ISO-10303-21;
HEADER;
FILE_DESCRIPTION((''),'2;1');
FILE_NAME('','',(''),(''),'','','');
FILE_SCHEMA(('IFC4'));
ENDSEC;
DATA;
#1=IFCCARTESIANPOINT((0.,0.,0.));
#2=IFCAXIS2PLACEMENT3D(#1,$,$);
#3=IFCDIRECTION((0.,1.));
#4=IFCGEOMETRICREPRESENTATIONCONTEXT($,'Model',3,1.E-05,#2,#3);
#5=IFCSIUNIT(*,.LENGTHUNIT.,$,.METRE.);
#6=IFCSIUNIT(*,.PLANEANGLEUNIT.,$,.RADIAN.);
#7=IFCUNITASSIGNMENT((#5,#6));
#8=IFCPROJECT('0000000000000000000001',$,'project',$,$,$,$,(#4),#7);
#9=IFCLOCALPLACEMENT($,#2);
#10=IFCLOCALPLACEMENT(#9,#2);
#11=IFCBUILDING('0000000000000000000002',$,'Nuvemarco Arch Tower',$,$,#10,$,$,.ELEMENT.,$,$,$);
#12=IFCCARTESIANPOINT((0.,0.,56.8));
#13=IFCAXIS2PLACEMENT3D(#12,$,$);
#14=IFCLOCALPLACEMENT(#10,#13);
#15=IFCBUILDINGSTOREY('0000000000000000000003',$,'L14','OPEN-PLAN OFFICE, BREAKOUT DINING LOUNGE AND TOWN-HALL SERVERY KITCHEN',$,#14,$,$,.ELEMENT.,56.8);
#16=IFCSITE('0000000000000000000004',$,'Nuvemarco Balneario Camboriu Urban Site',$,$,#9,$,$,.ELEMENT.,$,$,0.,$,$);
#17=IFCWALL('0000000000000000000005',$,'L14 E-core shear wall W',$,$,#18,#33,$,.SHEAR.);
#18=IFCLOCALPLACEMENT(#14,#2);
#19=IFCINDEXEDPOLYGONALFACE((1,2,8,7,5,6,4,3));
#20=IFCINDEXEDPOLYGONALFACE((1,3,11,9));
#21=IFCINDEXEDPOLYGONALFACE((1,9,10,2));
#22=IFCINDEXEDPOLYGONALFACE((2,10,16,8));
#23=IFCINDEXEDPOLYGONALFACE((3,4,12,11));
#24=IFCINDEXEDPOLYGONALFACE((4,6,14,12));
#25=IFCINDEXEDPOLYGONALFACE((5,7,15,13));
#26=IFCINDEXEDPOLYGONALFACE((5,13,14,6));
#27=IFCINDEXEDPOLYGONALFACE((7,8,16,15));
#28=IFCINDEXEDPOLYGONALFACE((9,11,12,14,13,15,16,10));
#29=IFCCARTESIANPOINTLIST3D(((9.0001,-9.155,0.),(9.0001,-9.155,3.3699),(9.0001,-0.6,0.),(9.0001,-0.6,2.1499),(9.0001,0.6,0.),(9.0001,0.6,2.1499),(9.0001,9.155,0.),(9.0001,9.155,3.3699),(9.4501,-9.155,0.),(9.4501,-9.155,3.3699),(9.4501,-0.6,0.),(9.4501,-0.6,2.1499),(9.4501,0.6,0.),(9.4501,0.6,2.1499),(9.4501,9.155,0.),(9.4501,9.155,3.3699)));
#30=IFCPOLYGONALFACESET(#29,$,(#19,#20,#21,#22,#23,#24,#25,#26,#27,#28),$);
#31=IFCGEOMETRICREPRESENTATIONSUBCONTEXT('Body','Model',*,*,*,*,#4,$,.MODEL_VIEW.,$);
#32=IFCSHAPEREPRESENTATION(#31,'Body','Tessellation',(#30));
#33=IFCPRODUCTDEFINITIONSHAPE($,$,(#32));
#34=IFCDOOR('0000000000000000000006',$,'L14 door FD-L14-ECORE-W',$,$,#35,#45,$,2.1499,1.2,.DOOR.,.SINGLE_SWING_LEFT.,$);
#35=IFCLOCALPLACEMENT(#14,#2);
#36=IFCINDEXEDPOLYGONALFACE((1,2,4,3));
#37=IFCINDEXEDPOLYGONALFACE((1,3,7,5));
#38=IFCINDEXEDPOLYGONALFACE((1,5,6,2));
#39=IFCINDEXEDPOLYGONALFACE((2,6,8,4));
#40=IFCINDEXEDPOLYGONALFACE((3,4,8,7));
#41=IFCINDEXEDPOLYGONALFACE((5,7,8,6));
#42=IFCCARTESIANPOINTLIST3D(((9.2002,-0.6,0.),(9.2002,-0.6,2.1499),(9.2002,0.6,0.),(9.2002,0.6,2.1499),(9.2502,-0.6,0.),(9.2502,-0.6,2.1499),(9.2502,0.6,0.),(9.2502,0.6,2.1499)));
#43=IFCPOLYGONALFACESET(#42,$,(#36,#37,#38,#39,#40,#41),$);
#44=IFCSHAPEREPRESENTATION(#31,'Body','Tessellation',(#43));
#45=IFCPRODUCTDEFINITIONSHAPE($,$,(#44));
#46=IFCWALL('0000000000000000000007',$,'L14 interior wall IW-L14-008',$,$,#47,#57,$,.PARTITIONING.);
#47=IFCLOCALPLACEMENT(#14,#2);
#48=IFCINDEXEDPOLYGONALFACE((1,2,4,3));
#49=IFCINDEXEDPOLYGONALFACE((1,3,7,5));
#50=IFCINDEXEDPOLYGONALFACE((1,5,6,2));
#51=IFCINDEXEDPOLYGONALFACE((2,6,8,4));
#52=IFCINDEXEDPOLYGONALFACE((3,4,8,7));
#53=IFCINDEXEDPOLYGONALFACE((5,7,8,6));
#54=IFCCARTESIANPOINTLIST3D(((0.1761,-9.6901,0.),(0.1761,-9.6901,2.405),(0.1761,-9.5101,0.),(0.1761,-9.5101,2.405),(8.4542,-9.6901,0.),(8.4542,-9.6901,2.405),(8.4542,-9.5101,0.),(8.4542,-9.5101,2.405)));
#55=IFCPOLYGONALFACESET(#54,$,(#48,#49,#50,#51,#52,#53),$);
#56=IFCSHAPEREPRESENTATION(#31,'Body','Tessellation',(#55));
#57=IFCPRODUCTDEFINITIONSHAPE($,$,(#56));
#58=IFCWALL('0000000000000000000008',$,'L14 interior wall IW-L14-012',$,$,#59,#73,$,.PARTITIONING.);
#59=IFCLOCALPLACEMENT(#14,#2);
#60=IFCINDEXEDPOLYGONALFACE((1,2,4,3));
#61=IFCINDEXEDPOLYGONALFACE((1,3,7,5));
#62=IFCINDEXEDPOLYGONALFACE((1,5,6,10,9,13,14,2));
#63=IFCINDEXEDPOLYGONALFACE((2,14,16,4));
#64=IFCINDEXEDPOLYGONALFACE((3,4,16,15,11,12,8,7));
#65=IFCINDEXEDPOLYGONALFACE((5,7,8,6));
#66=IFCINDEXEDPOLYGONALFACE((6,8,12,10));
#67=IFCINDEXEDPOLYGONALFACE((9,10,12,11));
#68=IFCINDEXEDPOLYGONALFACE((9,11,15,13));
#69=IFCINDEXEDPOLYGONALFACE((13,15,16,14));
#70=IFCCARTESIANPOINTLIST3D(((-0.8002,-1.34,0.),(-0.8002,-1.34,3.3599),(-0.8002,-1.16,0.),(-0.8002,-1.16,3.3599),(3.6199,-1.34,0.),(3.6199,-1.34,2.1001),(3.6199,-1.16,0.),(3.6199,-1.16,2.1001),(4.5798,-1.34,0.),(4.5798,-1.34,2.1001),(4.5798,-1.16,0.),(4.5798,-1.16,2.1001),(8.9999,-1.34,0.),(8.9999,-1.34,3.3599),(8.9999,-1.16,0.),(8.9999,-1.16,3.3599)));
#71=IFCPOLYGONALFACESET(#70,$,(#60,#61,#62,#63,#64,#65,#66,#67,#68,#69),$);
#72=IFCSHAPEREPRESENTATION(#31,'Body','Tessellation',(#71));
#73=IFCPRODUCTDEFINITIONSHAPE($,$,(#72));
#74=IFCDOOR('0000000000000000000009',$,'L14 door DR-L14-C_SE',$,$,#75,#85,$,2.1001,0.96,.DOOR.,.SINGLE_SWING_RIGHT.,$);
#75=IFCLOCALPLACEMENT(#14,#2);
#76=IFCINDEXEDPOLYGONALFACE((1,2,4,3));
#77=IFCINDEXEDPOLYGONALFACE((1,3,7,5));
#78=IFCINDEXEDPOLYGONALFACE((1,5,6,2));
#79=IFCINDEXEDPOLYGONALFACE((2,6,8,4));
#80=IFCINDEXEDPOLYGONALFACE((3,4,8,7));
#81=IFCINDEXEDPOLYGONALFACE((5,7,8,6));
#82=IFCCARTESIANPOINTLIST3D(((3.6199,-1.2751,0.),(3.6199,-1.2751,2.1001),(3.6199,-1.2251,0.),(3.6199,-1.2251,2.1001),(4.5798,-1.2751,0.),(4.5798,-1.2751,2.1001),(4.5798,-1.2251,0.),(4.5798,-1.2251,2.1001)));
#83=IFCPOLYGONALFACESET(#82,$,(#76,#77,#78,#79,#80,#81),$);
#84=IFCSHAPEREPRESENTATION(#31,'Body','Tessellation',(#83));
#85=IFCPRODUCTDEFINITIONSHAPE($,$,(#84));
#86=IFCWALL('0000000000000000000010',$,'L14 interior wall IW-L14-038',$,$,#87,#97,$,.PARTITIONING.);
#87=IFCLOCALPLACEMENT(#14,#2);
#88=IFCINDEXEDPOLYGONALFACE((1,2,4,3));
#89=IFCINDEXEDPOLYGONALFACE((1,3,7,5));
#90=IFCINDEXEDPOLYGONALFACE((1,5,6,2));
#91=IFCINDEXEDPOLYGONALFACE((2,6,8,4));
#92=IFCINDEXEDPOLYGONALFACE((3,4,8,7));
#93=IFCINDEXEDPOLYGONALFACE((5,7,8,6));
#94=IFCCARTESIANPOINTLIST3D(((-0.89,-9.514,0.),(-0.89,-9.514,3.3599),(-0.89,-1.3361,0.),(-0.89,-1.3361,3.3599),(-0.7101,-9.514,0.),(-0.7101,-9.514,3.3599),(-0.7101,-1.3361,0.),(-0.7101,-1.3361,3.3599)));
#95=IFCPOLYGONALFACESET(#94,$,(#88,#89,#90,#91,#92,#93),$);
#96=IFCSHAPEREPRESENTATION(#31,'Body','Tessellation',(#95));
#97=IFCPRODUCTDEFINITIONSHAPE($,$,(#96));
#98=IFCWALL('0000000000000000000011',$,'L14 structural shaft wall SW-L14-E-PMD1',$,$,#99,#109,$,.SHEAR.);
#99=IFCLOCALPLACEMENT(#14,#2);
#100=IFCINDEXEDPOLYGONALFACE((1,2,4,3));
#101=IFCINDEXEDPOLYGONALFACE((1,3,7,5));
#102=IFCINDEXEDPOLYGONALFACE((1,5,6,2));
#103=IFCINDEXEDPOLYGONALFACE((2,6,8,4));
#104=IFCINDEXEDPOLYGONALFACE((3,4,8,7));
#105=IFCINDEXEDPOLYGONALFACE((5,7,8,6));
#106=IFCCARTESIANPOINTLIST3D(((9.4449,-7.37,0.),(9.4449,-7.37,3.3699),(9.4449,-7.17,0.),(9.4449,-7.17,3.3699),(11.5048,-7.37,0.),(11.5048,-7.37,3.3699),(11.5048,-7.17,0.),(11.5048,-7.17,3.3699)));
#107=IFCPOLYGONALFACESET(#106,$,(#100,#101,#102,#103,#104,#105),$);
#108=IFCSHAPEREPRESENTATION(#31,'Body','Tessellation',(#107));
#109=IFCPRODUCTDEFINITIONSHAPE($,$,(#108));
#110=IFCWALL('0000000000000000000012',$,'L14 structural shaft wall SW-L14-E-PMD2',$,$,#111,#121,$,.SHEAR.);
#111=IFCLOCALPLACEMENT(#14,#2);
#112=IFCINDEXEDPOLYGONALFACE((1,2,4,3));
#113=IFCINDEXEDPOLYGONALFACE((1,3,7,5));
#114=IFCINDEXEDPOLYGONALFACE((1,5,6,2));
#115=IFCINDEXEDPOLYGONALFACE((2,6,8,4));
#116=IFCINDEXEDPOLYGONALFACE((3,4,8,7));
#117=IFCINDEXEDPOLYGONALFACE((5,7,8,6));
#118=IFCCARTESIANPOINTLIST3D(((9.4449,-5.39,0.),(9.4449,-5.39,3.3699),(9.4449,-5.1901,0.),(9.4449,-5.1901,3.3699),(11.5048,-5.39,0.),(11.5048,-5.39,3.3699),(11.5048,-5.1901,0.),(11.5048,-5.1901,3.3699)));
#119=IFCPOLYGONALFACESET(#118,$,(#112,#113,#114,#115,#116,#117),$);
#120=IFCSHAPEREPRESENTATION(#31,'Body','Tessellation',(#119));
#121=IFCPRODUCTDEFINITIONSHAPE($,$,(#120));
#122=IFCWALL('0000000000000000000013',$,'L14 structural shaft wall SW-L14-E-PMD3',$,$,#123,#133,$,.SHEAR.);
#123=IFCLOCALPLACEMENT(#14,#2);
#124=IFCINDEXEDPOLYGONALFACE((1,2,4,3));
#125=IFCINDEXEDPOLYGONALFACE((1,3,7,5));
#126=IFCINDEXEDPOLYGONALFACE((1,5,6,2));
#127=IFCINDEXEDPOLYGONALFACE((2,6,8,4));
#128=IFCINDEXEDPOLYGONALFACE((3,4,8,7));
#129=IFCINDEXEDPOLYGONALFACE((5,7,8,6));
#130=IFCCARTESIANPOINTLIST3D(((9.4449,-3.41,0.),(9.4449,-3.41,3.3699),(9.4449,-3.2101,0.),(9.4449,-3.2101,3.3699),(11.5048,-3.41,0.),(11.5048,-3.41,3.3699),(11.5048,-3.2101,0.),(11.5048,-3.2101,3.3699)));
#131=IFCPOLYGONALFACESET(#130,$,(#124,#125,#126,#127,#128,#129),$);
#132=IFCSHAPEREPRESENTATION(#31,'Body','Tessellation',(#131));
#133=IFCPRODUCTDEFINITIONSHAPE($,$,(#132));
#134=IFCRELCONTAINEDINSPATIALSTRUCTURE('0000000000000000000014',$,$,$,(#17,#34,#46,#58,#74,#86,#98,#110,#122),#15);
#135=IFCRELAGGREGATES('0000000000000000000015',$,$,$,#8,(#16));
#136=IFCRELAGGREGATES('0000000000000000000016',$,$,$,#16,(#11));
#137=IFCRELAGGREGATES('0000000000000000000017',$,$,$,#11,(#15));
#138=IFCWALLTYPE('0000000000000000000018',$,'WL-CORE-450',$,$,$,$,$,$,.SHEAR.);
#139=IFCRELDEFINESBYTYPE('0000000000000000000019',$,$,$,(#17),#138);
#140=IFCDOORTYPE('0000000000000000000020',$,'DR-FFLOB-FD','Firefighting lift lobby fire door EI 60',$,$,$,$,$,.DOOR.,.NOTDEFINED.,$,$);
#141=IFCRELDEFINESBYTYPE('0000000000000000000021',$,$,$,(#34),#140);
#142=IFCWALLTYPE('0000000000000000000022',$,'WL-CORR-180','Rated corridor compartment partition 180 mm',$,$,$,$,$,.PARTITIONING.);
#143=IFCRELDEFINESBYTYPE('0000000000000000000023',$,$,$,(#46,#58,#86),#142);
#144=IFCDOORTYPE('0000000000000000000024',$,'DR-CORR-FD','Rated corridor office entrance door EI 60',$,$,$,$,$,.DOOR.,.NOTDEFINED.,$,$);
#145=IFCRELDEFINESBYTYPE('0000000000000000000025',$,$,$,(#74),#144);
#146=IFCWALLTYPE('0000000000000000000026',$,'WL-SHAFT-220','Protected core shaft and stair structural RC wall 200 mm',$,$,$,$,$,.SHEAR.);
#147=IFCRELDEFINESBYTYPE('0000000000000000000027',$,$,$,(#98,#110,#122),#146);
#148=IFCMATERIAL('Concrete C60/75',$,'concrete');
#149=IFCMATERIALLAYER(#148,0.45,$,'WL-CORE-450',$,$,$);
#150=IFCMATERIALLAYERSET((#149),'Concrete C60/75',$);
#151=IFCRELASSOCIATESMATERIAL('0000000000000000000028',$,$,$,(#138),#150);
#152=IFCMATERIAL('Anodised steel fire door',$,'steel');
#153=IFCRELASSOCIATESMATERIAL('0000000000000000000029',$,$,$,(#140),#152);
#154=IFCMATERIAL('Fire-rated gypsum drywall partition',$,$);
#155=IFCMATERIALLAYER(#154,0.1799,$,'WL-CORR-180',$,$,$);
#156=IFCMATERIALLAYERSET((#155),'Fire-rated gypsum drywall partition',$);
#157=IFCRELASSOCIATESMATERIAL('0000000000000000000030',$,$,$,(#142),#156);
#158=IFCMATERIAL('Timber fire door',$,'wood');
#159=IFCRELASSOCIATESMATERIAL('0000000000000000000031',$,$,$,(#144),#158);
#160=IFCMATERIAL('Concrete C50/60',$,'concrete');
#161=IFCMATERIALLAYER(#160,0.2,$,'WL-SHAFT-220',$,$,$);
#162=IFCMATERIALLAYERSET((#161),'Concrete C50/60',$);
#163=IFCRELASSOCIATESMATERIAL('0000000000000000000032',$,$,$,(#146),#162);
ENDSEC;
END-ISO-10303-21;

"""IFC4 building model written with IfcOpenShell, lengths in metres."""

from ifc_helpers import new_model, si_unit, direction, frame, frame_2d, origin, place, context, subcontext, project, spatial, rectangle, extrude, source, transform, mapped, material, layer, layer_set, type_object, type_shapes, element, fill, save


model = new_model("IFC4")

# Units and contexts
model_context = context("Model", 3, precision=1e-05, world=origin(), true_north=direction((0.0, 1.0)))
body_context = subcontext(model_context, "Body", "Model", "MODEL_VIEW")
ifc_project = project(units=[si_unit("LENGTHUNIT", "METRE"), si_unit("PLANEANGLEUNIT", "RADIAN")], contexts=[model_context])

# Site, building, storey
site_placement = place(None, origin())
site = spatial("IfcSite", under=ifc_project, at=site_placement, Name="Nuvemarco Balneario Camboriu Urban Site", CompositionType="ELEMENT", RefElevation=0.0)
building_placement = place(site_placement, origin())
building = spatial("IfcBuilding", under=site, at=building_placement, Name="Nuvemarco Arch Tower", CompositionType="ELEMENT")
storey_placement = place(building_placement, frame((0.0, 0.0, 56.8)))
storey = spatial("IfcBuildingStorey", under=building, at=storey_placement, Name="L14", Description="OPEN-PLAN OFFICE, BREAKOUT DINING LOUNGE AND TOWN-HALL SERVERY KITCHEN", CompositionType="ELEMENT", Elevation=56.8)

# Shared definitions
ifc_material_1 = material(Name="Concrete C60/75", Category="concrete")

# Shared definitions
ifc_material_2 = material(Name="Concrete C50/60", Category="concrete")

# Shared definitions
ifc_layer_1 = layer(ifc_material_1, 0.45, Name="WL-CORE-450")
ifc_layer_set_1 = layer_set([ifc_layer_1], Name="Concrete C60/75")
wall_type_1 = type_object("IfcWallType", Name="WL-CORE-450", PredefinedType="SHEAR", material=ifc_layer_set_1)

# Wall, opening, door
wall_1_placement = place(storey_placement, frame((9.2251, -9.155, 0.0), z_axis=(0.0, 0.0, 1.0), x_axis=(0.0, 1.0, 0.0)))
wall_1 = element("IfcWall", 1, at=wall_1_placement, inside=storey, type_object=wall_type_1, Name="L14 E-core shear wall W", PredefinedType="SHEAR", context=body_context, shape_type="SweptSolid", body=[
    extrude(rectangle(XDim=18.3101, YDim=0.45, at=frame_2d((9.155, 0.0))), origin(), (0.0, 0.0, 1.0), 3.3699),
])
opening_1_placement = place(wall_1_placement, frame((8.5549, 0.0, 0.0)))
opening_1 = element("IfcOpeningElement", 2, at=opening_1_placement, cuts=wall_1, PredefinedType="OPENING", context=body_context, shape_type="SweptSolid", body=[
    extrude(rectangle(XDim=1.2, YDim=2.1499, at=frame_2d((0.6001, 1.075))), frame((0.0, 0.2349, 0.0), z_axis=(0.0, -1.0, 0.0), x_axis=(1.0, 0.0, 0.0)), (0.0, 0.0, 1.0), 0.47),
])
ifc_material_3 = material(Name="Anodised steel fire door", Category="steel")
door_type_1 = type_object("IfcDoorType", Name="DR-FFLOB-FD", Description="Firefighting lift lobby fire door EI 60", OperationType="NOTDEFINED", PredefinedType="DOOR", material=ifc_material_3)
shared_shape_1 = source(origin(), body_context, "Body", "SweptSolid", [
    extrude(rectangle(XDim=1.2, YDim=2.1499, at=frame_2d((0.6001, 1.075))), frame((0.0, 0.0249, 0.0), z_axis=(0.0, -1.0, 0.0), x_axis=(1.0, 0.0, 0.0)), (0.0, 0.0, 1.0), 0.05),
])
type_shapes(door_type_1, [shared_shape_1])
door_1_placement = place(opening_1_placement, origin())
door_1 = element("IfcDoor", 3, at=door_1_placement, inside=storey, type_object=door_type_1, Name="L14 door FD-L14-ECORE-W", OperationType="SINGLE_SWING_LEFT", OverallHeight=2.1499, OverallWidth=1.2, PredefinedType="DOOR", context=body_context, shape_type="MappedRepresentation", body=[
    mapped(shared_shape_1, transform((0.0, 0.0, 0.0), scale=1.0)),
])
fill(opening_1, door_1)

# Wall
ifc_material_4 = material(Name="Fire-rated gypsum drywall partition")
ifc_layer_2 = layer(ifc_material_4, 0.1799, Name="WL-CORR-180")
ifc_layer_set_2 = layer_set([ifc_layer_2], Name="Fire-rated gypsum drywall partition")
wall_type_2 = type_object("IfcWallType", Name="WL-CORR-180", Description="Rated corridor compartment partition 180 mm", PredefinedType="PARTITIONING", material=ifc_layer_set_2)
wall_2_placement = place(storey_placement, frame((0.176, -9.6001, 0.0), z_axis=(0.0, 0.0, 1.0), x_axis=(1.0, 0.0, 0.0)))
element("IfcWall", 4, at=wall_2_placement, inside=storey, type_object=wall_type_2, Name="L14 interior wall IW-L14-008", PredefinedType="PARTITIONING", context=body_context, shape_type="SweptSolid", body=[
    extrude(rectangle(XDim=8.2781, YDim=0.1799, at=frame_2d((4.1392, 0.0))), origin(), (0.0, 0.0, 1.0), 2.405),
])

# Wall, opening, door
wall_3_placement = place(storey_placement, frame((-0.8, -1.25, 0.0), z_axis=(0.0, 0.0, 1.0), x_axis=(1.0, 0.0, 0.0)))
wall_3 = element("IfcWall", 5, at=wall_3_placement, inside=storey, type_object=wall_type_2, Name="L14 interior wall IW-L14-012", PredefinedType="PARTITIONING", context=body_context, shape_type="SweptSolid", body=[
    extrude(rectangle(XDim=9.8, YDim=0.1799, at=frame_2d((4.8999, 0.0))), origin(), (0.0, 0.0, 1.0), 3.3599),
])
opening_2_placement = place(wall_3_placement, frame((4.4199, 0.0, 0.0)))
opening_2 = element("IfcOpeningElement", 6, at=opening_2_placement, cuts=wall_3, PredefinedType="OPENING", context=body_context, shape_type="SweptSolid", body=[
    extrude(rectangle(XDim=0.96, YDim=2.1001, at=frame_2d((0.48, 1.05))), frame((0.0, 0.0999, 0.0), z_axis=(0.0, -1.0, 0.0), x_axis=(1.0, 0.0, 0.0)), (0.0, 0.0, 1.0), 0.2),
])
ifc_material_5 = material(Name="Timber fire door", Category="wood")
door_type_2 = type_object("IfcDoorType", Name="DR-CORR-FD", Description="Rated corridor office entrance door EI 60", OperationType="NOTDEFINED", PredefinedType="DOOR", material=ifc_material_5)
shared_shape_2 = source(origin(), body_context, "Body", "SweptSolid", [
    extrude(rectangle(XDim=0.96, YDim=2.1001, at=frame_2d((0.48, 1.05))), frame((0.0, 0.0249, 0.0), z_axis=(0.0, -1.0, 0.0), x_axis=(1.0, 0.0, 0.0)), (0.0, 0.0, 1.0), 0.05),
])
type_shapes(door_type_2, [shared_shape_2])
door_2_placement = place(opening_2_placement, origin())
door_2 = element("IfcDoor", 7, at=door_2_placement, inside=storey, type_object=door_type_2, Name="L14 door DR-L14-C_SE", OperationType="SINGLE_SWING_RIGHT", OverallHeight=2.1001, OverallWidth=0.96, PredefinedType="DOOR", context=body_context, shape_type="MappedRepresentation", body=[
    mapped(shared_shape_2, transform((0.0, 0.0, 0.0), scale=1.0)),
])
fill(opening_2, door_2)

# Walls
wall_4_placement = place(storey_placement, frame((-0.8, -9.5139, 0.0), z_axis=(0.0, 0.0, 1.0), x_axis=(0.0, 1.0, 0.0)))
element("IfcWall", 8, at=wall_4_placement, inside=storey, type_object=wall_type_2, Name="L14 interior wall IW-L14-038", PredefinedType="PARTITIONING", context=body_context, shape_type="SweptSolid", body=[
    extrude(rectangle(XDim=8.178, YDim=0.1799, at=frame_2d((4.0889, 0.0))), origin(), (0.0, 0.0, 1.0), 3.3599),
])
ifc_layer_3 = layer(ifc_material_2, 0.2, Name="WL-SHAFT-220")
ifc_layer_set_3 = layer_set([ifc_layer_3], Name="Concrete C50/60")
wall_type_3 = type_object("IfcWallType", Name="WL-SHAFT-220", Description="Protected core shaft and stair structural RC wall 200 mm", PredefinedType="SHEAR", material=ifc_layer_set_3)
for number, where, z_axis, x_axis, name in (
    (9, (9.4451, -7.27, 0.0), (0.0, 0.0, 1.0), (1.0, 0.0, 0.0), "L14 structural shaft wall SW-L14-E-PMD1"),
    (10, (9.4451, -5.29, 0.0), (0.0, 0.0, 1.0), (1.0, 0.0, 0.0), "L14 structural shaft wall SW-L14-E-PMD2"),
    (11, (9.4451, -3.3101, 0.0), (0.0, 0.0, 1.0), (1.0, 0.0, 0.0), "L14 structural shaft wall SW-L14-E-PMD3"),
):
    element("IfcWall", number, at=place(storey_placement, frame(where, z_axis=z_axis, x_axis=x_axis)), inside=storey, type_object=wall_type_3, Name=name, PredefinedType="SHEAR", context=body_context, shape_type="SweptSolid", body=[
        extrude(rectangle(XDim=2.0598, YDim=0.2, at=frame_2d((1.0298, 0.0))), origin(), (0.0, 0.0, 1.0), 3.3699),
    ])

save(model, "model.ifc")
